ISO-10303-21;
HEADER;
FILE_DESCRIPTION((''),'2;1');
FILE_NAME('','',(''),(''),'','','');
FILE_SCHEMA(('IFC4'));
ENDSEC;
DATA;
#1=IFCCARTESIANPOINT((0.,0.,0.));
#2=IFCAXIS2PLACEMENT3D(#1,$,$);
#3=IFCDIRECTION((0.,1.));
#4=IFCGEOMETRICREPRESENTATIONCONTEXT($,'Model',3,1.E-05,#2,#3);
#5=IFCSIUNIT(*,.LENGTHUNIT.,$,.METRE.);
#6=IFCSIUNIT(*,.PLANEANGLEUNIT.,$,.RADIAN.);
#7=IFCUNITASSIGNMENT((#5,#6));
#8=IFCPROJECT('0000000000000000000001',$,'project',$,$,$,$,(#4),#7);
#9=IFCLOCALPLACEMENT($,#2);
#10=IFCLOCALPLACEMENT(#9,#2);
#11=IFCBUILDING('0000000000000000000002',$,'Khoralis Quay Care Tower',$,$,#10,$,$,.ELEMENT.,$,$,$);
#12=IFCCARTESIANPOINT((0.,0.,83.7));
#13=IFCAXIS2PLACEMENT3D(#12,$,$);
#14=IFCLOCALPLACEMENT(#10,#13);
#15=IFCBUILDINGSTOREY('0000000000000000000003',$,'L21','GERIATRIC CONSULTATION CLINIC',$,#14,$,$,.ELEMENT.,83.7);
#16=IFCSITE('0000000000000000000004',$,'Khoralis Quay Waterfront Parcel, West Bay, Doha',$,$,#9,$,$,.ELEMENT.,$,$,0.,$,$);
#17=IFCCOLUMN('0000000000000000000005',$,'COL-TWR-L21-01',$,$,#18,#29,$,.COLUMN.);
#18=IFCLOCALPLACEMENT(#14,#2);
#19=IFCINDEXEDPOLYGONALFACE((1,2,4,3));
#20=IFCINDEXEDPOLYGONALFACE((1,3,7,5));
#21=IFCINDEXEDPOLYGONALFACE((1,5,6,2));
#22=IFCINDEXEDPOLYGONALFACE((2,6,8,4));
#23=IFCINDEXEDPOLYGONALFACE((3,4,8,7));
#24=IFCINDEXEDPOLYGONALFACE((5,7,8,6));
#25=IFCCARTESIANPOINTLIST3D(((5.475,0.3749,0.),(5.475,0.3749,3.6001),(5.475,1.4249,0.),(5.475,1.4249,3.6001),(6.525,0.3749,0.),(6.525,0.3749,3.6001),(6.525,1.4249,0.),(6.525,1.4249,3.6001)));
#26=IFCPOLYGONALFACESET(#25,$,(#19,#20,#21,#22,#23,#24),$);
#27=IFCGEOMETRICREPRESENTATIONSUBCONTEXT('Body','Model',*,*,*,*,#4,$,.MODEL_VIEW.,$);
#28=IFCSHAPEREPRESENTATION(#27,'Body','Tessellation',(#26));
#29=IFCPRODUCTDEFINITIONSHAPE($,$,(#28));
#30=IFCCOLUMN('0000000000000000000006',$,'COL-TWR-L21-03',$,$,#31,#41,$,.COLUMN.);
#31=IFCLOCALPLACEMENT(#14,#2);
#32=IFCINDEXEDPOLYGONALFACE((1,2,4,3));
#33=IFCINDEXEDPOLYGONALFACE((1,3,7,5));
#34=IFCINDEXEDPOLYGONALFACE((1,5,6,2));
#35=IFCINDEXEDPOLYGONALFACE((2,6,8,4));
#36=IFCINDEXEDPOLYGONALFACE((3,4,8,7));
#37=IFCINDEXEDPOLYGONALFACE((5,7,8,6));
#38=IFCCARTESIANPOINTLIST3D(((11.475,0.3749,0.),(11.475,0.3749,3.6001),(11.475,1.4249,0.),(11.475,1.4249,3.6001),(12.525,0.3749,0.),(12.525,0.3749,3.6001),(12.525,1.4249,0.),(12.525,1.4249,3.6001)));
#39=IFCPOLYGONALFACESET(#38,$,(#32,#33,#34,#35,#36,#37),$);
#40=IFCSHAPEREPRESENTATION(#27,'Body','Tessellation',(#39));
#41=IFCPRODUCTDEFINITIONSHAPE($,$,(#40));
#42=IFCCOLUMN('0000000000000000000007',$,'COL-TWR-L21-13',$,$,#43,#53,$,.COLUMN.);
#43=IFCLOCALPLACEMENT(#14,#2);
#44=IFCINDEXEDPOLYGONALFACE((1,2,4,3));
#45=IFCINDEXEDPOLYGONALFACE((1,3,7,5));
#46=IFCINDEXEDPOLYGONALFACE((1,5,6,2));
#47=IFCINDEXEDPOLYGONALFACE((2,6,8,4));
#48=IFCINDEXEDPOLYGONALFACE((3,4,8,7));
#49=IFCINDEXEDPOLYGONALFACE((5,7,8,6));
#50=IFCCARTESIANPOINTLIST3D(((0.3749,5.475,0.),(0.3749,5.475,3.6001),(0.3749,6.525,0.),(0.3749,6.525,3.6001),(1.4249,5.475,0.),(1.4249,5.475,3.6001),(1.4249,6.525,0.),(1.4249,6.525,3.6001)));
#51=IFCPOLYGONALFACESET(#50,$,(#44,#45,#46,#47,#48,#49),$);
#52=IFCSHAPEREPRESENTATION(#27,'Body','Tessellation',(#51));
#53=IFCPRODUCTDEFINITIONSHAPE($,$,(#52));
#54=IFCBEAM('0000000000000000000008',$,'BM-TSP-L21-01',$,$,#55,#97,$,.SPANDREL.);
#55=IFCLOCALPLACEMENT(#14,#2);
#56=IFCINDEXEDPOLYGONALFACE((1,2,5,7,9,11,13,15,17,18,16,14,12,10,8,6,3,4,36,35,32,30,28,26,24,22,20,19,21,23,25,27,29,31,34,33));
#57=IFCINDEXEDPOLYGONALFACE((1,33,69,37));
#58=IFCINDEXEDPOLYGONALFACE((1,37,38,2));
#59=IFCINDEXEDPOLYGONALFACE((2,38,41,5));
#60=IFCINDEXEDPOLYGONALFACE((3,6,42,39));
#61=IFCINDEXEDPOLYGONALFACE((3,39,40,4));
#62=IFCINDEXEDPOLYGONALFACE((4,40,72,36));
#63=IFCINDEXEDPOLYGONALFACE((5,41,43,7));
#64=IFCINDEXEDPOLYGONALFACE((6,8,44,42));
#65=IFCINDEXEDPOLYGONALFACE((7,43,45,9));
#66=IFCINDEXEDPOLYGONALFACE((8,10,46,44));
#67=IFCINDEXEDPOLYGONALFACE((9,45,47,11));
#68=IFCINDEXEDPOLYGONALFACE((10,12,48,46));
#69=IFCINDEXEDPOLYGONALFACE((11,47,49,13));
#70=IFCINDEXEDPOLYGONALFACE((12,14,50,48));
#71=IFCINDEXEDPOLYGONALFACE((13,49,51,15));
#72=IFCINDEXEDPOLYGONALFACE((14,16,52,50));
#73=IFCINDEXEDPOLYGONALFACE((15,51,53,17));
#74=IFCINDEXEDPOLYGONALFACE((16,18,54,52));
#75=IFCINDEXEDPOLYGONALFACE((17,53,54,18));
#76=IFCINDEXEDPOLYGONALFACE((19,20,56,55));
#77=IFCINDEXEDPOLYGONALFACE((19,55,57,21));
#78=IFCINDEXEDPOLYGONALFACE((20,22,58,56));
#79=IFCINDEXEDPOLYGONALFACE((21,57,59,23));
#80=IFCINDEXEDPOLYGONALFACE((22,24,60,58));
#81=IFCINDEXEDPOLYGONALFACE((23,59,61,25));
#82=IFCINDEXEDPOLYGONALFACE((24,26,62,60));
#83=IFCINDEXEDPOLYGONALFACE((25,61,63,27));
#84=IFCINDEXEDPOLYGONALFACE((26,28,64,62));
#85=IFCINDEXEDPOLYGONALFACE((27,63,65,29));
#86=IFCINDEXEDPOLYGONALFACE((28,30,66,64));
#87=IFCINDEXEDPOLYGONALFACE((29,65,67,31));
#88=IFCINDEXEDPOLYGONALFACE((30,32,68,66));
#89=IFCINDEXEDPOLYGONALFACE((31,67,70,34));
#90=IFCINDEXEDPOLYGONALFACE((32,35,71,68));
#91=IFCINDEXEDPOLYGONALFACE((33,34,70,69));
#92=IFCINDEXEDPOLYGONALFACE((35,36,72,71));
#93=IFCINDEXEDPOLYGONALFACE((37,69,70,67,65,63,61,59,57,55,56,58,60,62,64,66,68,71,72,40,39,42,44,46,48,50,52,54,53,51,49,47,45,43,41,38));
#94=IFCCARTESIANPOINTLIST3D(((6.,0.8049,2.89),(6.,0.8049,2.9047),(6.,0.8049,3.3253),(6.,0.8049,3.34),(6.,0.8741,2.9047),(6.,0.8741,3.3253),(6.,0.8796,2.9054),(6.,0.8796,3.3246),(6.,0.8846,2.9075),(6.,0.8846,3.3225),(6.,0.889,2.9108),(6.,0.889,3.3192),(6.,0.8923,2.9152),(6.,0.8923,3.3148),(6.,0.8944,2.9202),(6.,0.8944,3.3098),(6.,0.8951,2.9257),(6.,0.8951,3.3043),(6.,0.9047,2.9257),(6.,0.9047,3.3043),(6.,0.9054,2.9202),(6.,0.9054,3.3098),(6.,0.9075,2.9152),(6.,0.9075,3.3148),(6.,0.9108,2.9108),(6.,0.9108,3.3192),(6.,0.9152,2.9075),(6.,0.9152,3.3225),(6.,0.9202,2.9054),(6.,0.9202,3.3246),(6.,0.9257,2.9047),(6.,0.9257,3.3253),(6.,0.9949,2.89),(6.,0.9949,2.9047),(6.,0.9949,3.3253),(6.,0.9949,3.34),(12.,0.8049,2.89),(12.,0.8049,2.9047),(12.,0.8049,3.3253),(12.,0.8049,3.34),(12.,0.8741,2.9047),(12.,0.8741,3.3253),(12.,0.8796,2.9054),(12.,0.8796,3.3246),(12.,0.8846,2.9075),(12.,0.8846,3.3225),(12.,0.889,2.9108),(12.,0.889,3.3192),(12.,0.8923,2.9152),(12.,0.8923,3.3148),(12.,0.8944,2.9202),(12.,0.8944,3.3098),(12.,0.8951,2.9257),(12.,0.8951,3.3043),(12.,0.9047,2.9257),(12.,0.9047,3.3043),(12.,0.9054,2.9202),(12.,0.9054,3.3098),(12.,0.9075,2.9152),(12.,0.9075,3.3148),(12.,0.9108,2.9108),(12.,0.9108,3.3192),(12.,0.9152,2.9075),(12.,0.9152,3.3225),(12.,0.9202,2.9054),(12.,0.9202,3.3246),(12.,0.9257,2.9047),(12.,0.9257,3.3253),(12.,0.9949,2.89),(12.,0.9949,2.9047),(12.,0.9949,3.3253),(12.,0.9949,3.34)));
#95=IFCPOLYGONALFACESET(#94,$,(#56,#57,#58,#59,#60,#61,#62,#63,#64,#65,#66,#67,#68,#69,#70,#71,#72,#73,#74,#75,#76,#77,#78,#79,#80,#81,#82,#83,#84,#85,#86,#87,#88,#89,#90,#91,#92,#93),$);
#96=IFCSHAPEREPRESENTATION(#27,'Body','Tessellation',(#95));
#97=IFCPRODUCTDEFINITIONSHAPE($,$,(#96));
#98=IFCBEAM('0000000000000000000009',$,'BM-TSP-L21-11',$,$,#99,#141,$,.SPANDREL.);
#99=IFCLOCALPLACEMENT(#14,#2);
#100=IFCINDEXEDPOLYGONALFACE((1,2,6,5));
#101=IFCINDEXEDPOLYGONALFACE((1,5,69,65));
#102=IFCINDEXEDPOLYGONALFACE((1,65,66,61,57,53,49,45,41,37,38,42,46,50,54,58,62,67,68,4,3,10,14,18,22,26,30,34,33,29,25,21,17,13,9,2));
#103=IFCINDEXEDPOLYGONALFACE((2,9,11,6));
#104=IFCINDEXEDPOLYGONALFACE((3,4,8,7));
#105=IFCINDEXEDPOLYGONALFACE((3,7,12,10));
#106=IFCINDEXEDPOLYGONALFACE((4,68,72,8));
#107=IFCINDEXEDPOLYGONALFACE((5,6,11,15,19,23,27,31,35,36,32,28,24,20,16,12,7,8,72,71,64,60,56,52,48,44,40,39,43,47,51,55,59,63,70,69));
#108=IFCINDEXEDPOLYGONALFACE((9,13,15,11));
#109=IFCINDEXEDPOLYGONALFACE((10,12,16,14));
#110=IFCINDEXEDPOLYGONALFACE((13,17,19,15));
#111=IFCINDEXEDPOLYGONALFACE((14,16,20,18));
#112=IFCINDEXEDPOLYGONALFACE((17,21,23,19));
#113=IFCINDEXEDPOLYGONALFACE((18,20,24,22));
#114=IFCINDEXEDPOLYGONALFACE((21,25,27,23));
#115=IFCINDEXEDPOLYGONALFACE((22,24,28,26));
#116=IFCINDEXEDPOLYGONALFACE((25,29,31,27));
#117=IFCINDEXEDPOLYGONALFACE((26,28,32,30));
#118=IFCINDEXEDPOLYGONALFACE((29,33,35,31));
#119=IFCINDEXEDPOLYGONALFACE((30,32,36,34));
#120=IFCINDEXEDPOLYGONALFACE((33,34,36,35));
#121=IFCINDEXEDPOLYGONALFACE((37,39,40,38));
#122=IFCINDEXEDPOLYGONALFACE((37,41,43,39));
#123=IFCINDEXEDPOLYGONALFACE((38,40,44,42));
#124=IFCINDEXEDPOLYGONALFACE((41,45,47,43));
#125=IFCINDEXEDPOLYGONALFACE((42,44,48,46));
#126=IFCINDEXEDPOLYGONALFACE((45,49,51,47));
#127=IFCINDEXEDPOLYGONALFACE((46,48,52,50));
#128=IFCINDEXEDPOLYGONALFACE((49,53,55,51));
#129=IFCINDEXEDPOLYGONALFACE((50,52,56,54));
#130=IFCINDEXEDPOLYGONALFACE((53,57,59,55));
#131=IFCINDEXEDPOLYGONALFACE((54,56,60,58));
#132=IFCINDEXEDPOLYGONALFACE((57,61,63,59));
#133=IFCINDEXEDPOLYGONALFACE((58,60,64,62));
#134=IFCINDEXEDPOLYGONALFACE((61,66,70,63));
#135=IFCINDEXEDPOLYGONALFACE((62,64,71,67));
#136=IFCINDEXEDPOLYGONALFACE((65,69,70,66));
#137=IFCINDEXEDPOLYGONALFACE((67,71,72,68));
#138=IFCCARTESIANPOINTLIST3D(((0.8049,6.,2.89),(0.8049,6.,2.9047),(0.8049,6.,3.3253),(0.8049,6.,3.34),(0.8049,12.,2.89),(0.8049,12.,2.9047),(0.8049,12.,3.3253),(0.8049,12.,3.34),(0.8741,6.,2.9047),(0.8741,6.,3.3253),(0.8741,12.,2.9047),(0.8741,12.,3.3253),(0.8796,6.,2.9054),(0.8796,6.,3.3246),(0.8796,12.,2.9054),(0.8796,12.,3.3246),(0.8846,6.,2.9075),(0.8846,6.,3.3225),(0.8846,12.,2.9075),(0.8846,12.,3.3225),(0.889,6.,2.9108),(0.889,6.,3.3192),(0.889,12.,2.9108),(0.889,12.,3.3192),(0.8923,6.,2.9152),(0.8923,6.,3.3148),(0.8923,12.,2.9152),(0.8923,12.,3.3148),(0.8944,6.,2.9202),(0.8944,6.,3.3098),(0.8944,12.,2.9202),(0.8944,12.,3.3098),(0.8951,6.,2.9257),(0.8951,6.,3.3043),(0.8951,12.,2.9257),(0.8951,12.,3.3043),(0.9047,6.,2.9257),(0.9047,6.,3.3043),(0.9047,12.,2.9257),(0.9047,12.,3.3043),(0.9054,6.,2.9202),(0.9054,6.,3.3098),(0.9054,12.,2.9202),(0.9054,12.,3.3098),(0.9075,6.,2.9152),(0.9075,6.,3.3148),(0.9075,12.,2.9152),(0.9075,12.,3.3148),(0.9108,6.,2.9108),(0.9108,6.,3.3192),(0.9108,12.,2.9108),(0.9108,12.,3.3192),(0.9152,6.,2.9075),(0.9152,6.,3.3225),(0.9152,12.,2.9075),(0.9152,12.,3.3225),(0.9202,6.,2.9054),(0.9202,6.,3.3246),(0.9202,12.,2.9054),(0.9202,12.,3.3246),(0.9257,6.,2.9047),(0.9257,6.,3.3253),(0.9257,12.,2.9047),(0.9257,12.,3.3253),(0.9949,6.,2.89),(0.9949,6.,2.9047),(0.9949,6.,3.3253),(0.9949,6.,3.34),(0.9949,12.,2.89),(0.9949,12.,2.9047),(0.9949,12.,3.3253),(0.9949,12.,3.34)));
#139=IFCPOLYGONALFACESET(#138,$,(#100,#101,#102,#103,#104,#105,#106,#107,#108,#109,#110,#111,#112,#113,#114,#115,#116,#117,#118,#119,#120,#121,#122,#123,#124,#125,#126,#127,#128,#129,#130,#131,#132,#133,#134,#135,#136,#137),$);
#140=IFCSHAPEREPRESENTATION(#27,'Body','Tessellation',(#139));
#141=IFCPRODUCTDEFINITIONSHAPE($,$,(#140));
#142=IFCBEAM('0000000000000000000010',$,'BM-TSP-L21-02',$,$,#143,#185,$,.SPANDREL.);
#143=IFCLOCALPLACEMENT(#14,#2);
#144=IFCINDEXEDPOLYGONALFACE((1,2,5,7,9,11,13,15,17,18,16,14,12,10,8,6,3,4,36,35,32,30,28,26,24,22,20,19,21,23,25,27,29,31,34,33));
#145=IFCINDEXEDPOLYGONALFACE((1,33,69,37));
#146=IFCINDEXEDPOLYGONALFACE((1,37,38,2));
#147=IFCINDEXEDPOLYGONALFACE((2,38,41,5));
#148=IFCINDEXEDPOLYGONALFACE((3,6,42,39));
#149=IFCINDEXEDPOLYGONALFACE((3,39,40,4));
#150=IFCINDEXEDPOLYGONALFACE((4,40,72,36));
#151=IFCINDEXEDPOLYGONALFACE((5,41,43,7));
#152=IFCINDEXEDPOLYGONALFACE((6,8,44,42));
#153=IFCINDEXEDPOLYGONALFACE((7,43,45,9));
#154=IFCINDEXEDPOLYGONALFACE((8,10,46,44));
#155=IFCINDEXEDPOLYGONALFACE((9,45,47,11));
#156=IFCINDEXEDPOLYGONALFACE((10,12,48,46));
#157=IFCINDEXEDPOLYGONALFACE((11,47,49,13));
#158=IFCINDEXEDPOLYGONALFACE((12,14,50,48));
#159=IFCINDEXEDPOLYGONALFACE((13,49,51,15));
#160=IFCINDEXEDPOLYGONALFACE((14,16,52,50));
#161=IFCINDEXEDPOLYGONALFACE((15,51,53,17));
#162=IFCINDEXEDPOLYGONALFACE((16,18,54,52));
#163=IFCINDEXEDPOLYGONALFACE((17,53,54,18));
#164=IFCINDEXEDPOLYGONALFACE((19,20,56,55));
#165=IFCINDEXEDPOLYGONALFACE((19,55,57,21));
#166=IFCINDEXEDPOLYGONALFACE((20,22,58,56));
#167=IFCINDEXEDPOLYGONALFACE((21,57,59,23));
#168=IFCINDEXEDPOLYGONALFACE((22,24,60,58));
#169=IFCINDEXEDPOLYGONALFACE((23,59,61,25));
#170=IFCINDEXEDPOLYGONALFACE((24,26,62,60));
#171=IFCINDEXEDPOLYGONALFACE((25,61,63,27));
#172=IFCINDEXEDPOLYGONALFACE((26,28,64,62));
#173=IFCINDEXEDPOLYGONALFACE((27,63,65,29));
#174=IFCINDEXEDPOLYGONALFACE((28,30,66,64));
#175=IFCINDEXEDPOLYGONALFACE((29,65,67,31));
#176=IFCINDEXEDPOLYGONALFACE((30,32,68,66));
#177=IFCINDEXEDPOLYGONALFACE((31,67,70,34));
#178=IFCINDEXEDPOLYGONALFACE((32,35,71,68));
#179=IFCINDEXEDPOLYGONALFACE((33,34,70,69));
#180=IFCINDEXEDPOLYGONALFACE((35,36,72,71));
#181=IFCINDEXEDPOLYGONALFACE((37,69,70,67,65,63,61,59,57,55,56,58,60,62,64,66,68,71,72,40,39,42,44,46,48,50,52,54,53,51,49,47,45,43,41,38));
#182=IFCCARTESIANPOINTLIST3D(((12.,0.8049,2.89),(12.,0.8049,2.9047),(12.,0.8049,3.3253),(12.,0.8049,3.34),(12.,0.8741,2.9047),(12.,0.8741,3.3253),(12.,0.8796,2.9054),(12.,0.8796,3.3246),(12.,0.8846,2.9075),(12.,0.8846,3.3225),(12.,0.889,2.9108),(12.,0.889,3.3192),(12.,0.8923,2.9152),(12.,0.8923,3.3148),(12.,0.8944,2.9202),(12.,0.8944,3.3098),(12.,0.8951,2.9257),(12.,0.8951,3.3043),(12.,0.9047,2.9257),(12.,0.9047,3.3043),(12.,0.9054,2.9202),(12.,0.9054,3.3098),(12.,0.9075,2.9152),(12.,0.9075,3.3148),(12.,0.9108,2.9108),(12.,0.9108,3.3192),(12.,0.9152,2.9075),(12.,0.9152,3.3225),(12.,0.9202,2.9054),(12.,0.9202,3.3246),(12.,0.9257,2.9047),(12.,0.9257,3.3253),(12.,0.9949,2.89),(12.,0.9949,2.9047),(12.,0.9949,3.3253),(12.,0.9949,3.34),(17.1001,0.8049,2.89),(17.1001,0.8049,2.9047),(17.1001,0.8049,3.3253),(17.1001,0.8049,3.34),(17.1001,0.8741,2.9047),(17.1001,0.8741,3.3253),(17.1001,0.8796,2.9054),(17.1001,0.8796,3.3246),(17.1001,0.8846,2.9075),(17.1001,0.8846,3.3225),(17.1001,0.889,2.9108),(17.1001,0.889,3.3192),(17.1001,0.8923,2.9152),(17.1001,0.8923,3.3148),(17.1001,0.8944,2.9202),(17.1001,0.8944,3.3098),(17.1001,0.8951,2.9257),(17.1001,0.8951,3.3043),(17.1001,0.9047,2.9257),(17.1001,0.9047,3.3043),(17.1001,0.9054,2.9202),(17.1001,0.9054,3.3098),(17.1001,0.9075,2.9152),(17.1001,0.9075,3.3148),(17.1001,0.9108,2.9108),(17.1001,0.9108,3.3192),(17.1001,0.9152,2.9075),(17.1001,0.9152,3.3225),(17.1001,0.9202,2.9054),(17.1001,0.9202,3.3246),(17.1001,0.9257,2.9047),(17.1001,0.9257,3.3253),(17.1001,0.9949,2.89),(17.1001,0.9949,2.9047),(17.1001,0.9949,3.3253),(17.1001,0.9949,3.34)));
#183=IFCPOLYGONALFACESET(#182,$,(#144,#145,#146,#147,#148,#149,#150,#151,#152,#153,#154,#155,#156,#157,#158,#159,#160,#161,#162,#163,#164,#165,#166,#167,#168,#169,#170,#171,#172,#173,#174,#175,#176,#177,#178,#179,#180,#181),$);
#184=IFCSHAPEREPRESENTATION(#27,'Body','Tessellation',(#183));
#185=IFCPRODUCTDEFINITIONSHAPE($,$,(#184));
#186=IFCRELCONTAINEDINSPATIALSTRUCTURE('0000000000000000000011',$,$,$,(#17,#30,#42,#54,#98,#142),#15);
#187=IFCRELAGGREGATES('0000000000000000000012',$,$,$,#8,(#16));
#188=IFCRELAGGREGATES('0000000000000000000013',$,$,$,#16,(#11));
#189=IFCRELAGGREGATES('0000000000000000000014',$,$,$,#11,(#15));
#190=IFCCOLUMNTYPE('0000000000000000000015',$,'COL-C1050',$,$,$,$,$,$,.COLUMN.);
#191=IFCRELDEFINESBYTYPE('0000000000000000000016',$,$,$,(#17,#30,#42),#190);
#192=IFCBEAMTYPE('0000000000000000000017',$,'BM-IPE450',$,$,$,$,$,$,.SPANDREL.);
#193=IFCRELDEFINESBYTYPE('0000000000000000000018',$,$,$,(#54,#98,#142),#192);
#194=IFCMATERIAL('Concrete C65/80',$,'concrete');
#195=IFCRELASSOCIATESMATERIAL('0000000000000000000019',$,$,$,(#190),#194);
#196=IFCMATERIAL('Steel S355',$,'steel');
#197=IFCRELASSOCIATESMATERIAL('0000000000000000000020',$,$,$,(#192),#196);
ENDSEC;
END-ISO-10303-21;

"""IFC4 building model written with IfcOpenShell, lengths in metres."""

from ifc_helpers import new_model, si_unit, direction, frame, origin, origin_2d, place, context, subcontext, project, spatial, rectangle, i_section, extrude, source, transform, mapped, material, material_profile, profile_set, type_object, element, save


model = new_model("IFC4")

# Units and contexts
model_context = context("Model", 3, precision=1e-05, world=origin(), true_north=direction((0.0, 1.0)))
body_context = subcontext(model_context, "Body", "Model", "MODEL_VIEW")
ifc_project = project(units=[si_unit("LENGTHUNIT", "METRE"), si_unit("PLANEANGLEUNIT", "RADIAN")], contexts=[model_context])

# Site, building, storey
site_placement = place(None, origin())
site = spatial("IfcSite", under=ifc_project, at=site_placement, Name="Khoralis Quay Waterfront Parcel, West Bay, Doha", CompositionType="ELEMENT", RefElevation=0.0)
building_placement = place(site_placement, origin())
building = spatial("IfcBuilding", under=site, at=building_placement, Name="Khoralis Quay Care Tower", CompositionType="ELEMENT")
storey_placement = place(building_placement, frame((0.0, 0.0, 83.7)))
storey = spatial("IfcBuildingStorey", under=building, at=storey_placement, Name="L21", Description="GERIATRIC CONSULTATION CLINIC", CompositionType="ELEMENT", Elevation=83.7)

# Columns
ifc_material_1 = material(Name="Concrete C65/80", Category="concrete")
ifc_material_profile_1 = material_profile(ifc_material_1, rectangle(XDim=1.05, YDim=1.05, at=origin_2d()), Name="Concrete C65/80")
ifc_profile_set_1 = profile_set([ifc_material_profile_1], Name="Concrete C65/80")
column_type = type_object("IfcColumnType", Name="COL-C1050", PredefinedType="COLUMN", material=ifc_profile_set_1)
shared_shape_1 = source(origin(), body_context, "Body", "SweptSolid", [
    extrude(rectangle(XDim=1.05, YDim=1.05, at=origin_2d()), origin(), (0.0, 0.0, 1.0), 3.6001),
])
for number, where, z_axis, x_axis, name in (
    (1, (6.0, 0.8999, 0.0), (0.0, 0.0, 1.0), (1.0, 0.0, 0.0), "COL-TWR-L21-01"),
    (2, (12.0, 0.8999, 0.0), (0.0, 0.0, 1.0), (1.0, 0.0, 0.0), "COL-TWR-L21-03"),
    (3, (0.8999, 6.0, 0.0), (0.0, 0.0, 1.0), (1.0, 0.0, 0.0), "COL-TWR-L21-13"),
):
    element("IfcColumn", number, at=place(storey_placement, frame(where, z_axis=z_axis, x_axis=x_axis)), inside=storey, type_object=column_type, Name=name, PredefinedType="COLUMN", context=body_context, shape_type="MappedRepresentation", body=[
        mapped(shared_shape_1, transform((0.0, 0.0, 0.0), scale=1.0)),
    ])

# Beams
ifc_material_2 = material(Name="Steel S355", Category="steel")
ifc_material_profile_2 = material_profile(ifc_material_2, i_section(OverallWidth=0.1899, OverallDepth=0.45, WebThickness=0.0095, FlangeThickness=0.0146, FilletRadius=0.021, at=origin_2d()), Name="Steel S355")
ifc_profile_set_2 = profile_set([ifc_material_profile_2], Name="Steel S355")
beam_type_1 = type_object("IfcBeamType", Name="BM-IPE450", PredefinedType="SPANDREL", material=ifc_profile_set_2)
shared_shape_2 = source(origin(), body_context, "Body", "SweptSolid", [
    extrude(i_section(OverallWidth=0.1899, OverallDepth=0.45, WebThickness=0.0095, FlangeThickness=0.0146, FilletRadius=0.021, at=origin_2d()), origin(), (0.0, 0.0, 1.0), 6.0),
])
for number, where, z_axis, x_axis, name in (
    (4, (6.0, 0.8999, 3.115), (1.0, 0.0, 0.0), (0.0, 1.0, 0.0), "BM-TSP-L21-01"),
    (5, (0.8999, 6.0, 3.115), (0.0, 1.0, 0.0), (-1.0, 0.0, 0.0), "BM-TSP-L21-11"),
):
    element("IfcBeam", number, at=place(storey_placement, frame(where, z_axis=z_axis, x_axis=x_axis)), inside=storey, type_object=beam_type_1, Name=name, PredefinedType="SPANDREL", context=body_context, shape_type="MappedRepresentation", body=[
        mapped(shared_shape_2, transform((0.0, 0.0, 0.0), scale=1.0)),
    ])
shared_shape_3 = source(origin(), body_context, "Body", "SweptSolid", [
    extrude(i_section(OverallWidth=0.1899, OverallDepth=0.45, WebThickness=0.0095, FlangeThickness=0.0146, FilletRadius=0.021, at=origin_2d()), origin(), (0.0, 0.0, 1.0), 5.1001),
])
beam_1_placement = place(storey_placement, frame((12.0, 0.8999, 3.115), z_axis=(1.0, 0.0, 0.0), x_axis=(0.0, 1.0, 0.0)))
element("IfcBeam", 6, at=beam_1_placement, inside=storey, type_object=beam_type_1, Name="BM-TSP-L21-02", PredefinedType="SPANDREL", context=body_context, shape_type="MappedRepresentation", body=[
    mapped(shared_shape_3, transform((0.0, 0.0, 0.0), scale=1.0)),
])

save(model, "model.ifc")
